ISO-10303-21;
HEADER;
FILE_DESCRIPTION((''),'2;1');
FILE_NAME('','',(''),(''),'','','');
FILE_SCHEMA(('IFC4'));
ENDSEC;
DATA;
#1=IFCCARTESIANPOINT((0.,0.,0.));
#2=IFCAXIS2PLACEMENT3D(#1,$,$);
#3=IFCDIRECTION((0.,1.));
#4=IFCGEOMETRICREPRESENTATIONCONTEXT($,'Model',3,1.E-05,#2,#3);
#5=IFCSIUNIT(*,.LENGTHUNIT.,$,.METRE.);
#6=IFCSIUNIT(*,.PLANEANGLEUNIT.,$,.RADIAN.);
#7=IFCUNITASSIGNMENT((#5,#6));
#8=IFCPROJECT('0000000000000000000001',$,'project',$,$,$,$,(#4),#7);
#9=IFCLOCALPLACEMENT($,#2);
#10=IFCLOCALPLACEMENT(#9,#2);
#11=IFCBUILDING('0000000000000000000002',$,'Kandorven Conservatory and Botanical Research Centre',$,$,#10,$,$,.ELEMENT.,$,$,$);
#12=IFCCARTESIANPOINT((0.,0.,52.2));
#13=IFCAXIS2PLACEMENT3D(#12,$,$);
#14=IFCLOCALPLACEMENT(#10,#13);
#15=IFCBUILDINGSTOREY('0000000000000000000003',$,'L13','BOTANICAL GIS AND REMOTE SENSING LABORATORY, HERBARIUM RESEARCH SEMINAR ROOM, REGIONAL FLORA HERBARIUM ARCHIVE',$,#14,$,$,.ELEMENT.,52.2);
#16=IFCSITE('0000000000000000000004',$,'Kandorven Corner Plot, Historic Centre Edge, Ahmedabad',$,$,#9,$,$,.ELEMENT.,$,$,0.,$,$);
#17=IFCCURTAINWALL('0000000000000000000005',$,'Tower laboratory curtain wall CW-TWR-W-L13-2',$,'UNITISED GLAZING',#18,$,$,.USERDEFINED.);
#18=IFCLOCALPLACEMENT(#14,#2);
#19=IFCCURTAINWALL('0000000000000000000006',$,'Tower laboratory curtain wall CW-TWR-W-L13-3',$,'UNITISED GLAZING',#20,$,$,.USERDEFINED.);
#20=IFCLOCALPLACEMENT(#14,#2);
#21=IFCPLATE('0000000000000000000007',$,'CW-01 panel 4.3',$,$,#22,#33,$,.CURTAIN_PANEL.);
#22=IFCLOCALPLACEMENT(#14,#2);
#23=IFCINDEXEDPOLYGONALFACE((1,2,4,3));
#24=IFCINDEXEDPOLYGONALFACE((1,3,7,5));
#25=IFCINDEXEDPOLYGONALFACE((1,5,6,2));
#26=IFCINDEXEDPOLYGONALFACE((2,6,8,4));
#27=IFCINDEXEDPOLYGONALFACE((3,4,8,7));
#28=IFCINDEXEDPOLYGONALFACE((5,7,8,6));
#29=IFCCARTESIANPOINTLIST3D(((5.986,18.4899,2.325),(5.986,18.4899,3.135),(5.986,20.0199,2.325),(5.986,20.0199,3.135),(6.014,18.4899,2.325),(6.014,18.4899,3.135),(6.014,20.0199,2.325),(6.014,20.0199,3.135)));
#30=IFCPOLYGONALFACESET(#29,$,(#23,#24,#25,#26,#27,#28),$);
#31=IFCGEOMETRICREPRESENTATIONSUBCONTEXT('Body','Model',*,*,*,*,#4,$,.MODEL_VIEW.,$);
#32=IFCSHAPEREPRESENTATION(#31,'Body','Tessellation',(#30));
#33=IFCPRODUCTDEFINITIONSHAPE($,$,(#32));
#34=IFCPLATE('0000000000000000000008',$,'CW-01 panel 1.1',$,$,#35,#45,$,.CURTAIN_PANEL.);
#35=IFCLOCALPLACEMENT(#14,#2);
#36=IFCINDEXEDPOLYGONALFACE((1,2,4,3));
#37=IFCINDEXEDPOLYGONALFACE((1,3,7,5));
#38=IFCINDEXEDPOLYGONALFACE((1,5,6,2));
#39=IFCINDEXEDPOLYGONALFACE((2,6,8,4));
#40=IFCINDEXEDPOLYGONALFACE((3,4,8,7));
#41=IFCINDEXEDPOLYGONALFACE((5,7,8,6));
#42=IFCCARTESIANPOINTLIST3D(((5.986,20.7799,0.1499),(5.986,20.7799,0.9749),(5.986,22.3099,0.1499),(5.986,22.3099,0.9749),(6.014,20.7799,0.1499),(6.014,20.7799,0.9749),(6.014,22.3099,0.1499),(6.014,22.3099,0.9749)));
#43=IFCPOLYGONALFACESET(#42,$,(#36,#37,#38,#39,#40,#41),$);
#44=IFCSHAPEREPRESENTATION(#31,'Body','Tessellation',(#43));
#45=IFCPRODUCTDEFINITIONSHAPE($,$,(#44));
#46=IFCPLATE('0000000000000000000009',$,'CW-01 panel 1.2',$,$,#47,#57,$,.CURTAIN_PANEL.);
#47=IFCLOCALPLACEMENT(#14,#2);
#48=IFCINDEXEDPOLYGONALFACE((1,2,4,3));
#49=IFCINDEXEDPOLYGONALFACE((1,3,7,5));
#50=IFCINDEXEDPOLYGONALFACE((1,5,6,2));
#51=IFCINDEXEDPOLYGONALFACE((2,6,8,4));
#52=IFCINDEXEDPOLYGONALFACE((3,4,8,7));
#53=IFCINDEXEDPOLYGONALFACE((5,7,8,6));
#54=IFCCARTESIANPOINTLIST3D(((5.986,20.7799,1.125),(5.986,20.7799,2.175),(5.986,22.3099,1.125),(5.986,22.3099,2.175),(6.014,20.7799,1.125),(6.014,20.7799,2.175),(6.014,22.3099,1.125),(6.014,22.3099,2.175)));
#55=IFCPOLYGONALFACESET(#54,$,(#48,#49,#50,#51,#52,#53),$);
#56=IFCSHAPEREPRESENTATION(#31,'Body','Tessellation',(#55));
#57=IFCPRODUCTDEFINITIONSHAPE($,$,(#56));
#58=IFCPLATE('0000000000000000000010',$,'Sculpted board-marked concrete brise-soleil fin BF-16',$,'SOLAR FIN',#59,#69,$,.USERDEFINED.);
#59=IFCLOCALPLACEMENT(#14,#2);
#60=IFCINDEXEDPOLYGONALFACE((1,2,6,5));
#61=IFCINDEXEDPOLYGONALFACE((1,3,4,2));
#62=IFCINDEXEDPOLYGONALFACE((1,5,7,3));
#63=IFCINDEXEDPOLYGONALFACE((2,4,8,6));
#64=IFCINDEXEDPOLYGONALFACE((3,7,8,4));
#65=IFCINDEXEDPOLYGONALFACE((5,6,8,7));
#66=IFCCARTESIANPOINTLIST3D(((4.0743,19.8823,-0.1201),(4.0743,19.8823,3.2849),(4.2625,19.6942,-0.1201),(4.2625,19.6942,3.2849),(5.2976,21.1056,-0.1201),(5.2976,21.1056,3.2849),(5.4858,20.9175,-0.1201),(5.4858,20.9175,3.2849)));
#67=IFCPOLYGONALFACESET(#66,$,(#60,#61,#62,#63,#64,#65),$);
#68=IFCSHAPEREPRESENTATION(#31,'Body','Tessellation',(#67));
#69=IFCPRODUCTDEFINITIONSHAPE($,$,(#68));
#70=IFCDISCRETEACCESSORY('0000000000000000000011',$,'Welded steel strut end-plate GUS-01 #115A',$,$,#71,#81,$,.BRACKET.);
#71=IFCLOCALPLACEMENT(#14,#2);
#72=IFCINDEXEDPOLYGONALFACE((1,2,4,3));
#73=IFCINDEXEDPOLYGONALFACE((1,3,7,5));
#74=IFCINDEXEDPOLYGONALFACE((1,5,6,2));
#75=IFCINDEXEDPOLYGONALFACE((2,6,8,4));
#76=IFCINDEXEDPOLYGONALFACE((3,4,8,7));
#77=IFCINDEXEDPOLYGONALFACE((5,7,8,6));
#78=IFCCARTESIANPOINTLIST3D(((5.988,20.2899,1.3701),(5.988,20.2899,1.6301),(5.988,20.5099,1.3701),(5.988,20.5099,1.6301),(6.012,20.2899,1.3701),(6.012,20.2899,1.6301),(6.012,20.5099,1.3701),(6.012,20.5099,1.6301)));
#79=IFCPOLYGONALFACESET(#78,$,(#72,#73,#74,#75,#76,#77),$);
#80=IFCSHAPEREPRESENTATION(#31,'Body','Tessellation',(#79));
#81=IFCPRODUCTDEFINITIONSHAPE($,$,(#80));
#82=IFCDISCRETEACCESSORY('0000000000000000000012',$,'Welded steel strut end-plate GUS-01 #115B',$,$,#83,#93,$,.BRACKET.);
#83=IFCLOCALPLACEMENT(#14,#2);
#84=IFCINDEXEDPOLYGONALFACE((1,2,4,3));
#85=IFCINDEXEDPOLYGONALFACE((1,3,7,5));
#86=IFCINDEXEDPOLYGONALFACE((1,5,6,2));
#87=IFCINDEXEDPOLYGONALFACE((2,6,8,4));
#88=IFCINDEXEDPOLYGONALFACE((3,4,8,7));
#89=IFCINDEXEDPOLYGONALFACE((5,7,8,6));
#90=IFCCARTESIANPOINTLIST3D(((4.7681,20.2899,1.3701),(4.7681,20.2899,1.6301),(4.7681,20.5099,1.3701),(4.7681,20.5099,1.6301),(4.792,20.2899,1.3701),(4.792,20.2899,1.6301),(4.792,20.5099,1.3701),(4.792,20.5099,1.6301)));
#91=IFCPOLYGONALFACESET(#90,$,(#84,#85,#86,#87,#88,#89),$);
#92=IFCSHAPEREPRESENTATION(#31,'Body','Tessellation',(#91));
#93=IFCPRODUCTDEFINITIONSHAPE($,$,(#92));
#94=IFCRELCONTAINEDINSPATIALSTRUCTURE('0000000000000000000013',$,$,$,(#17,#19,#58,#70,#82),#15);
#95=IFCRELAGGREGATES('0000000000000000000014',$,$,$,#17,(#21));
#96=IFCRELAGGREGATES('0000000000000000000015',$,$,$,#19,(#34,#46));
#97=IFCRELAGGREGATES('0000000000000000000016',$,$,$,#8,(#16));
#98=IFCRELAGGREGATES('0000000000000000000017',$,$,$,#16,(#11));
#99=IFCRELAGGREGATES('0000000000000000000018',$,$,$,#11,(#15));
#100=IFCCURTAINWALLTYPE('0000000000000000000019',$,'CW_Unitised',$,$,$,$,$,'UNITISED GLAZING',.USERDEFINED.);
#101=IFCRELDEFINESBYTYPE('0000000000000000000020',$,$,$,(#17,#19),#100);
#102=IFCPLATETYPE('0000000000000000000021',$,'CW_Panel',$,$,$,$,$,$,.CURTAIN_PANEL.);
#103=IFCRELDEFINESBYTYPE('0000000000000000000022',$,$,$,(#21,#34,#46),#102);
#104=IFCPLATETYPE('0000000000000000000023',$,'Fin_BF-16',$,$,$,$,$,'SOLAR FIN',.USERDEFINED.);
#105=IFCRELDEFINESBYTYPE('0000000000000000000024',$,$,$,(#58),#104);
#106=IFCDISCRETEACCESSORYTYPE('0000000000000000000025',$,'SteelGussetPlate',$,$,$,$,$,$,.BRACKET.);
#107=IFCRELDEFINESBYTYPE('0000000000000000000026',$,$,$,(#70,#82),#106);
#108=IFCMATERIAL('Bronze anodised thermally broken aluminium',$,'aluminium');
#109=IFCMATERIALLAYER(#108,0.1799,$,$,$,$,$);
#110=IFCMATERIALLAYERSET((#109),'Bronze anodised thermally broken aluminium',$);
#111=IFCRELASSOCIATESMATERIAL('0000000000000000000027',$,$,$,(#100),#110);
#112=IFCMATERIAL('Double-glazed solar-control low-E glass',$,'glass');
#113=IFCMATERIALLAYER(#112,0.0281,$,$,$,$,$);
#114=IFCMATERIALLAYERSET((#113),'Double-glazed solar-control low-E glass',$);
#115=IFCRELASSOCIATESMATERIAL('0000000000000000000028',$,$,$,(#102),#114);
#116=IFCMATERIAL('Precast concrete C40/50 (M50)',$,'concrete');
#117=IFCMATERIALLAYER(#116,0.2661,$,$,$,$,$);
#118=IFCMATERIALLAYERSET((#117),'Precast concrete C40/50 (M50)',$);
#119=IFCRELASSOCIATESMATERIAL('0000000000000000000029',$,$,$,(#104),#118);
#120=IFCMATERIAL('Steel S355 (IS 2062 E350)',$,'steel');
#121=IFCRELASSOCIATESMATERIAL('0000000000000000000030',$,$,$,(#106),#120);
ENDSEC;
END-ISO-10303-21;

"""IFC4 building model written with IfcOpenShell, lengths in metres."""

from ifc_helpers import new_model, si_unit, direction, frame, origin, origin_2d, place, context, subcontext, project, spatial, rectangle, extrude, material, layer, layer_set, type_object, element, aggregate, save


model = new_model("IFC4")

# Units and contexts
model_context = context("Model", 3, precision=1e-05, world=origin(), true_north=direction((0.0, 1.0)))
body_context = subcontext(model_context, "Body", "Model", "MODEL_VIEW")
ifc_project = project(units=[si_unit("LENGTHUNIT", "METRE"), si_unit("PLANEANGLEUNIT", "RADIAN")], contexts=[model_context])

# Site, building, storey
site_placement = place(None, origin())
site = spatial("IfcSite", under=ifc_project, at=site_placement, Name="Kandorven Corner Plot, Historic Centre Edge, Ahmedabad", CompositionType="ELEMENT", RefElevation=0.0)
building_placement = place(site_placement, origin())
building = spatial("IfcBuilding", under=site, at=building_placement, Name="Kandorven Conservatory and Botanical Research Centre", CompositionType="ELEMENT")
storey_placement = place(building_placement, frame((0.0, 0.0, 52.2)))
storey = spatial("IfcBuildingStorey", under=building, at=storey_placement, Name="L13", Description="BOTANICAL GIS AND REMOTE SENSING LABORATORY, HERBARIUM RESEARCH SEMINAR ROOM, REGIONAL FLORA HERBARIUM ARCHIVE", CompositionType="ELEMENT", Elevation=52.2)

# Curtain wall
ifc_material_1 = material(Name="Bronze anodised thermally broken aluminium", Category="aluminium")
ifc_layer_1 = layer(ifc_material_1, 0.1799)
ifc_layer_set_1 = layer_set([ifc_layer_1], Name="Bronze anodised thermally broken aluminium")
curtain_wall_type = type_object("IfcCurtainWallType", Name="CW_Unitised", ElementType="UNITISED GLAZING", PredefinedType="USERDEFINED", material=ifc_layer_set_1)
curtain_wall_1_placement = place(storey_placement, origin())
curtain_wall_1 = element("IfcCurtainWall", 1, at=curtain_wall_1_placement, inside=storey, type_object=curtain_wall_type, Name="Tower laboratory curtain wall CW-TWR-W-L13-2", ObjectType="UNITISED GLAZING", PredefinedType="USERDEFINED")

# Curtain wall
curtain_wall_2_placement = place(storey_placement, origin())
curtain_wall_2 = element("IfcCurtainWall", 2, at=curtain_wall_2_placement, inside=storey, type_object=curtain_wall_type, Name="Tower laboratory curtain wall CW-TWR-W-L13-3", ObjectType="UNITISED GLAZING", PredefinedType="USERDEFINED")

# Plates
ifc_material_2 = material(Name="Double-glazed solar-control low-E glass", Category="glass")
ifc_layer_2 = layer(ifc_material_2, 0.0281)
ifc_layer_set_2 = layer_set([ifc_layer_2], Name="Double-glazed solar-control low-E glass")
plate_type_1 = type_object("IfcPlateType", Name="CW_Panel", PredefinedType="CURTAIN_PANEL", material=ifc_layer_set_2)
plate_1_placement = place(storey_placement, frame((6.0, 19.2549, 2.325), z_axis=(0.0, 0.0, 1.0), x_axis=(0.0, 1.0, 0.0)))
plate_1 = element("IfcPlate", 3, at=plate_1_placement, type_object=plate_type_1, Name="CW-01 panel 4.3", PredefinedType="CURTAIN_PANEL", context=body_context, shape_type="SweptSolid", body=[
    extrude(rectangle(XDim=1.53, YDim=0.0281, at=origin_2d()), origin(), (0.0, 0.0, 1.0), 0.8101),
])
aggregate(curtain_wall_1, [plate_1])
plate_2_placement = place(storey_placement, frame((6.0, 21.5449, 0.1499), z_axis=(0.0, 0.0, 1.0), x_axis=(0.0, 1.0, 0.0)))
plate_2 = element("IfcPlate", 4, at=plate_2_placement, type_object=plate_type_1, Name="CW-01 panel 1.1", PredefinedType="CURTAIN_PANEL", context=body_context, shape_type="SweptSolid", body=[
    extrude(rectangle(XDim=1.53, YDim=0.0281, at=origin_2d()), origin(), (0.0, 0.0, 1.0), 0.825),
])
plate_3_placement = place(storey_placement, frame((6.0, 21.5449, 1.125), z_axis=(0.0, 0.0, 1.0), x_axis=(0.0, 1.0, 0.0)))
plate_3 = element("IfcPlate", 5, at=plate_3_placement, type_object=plate_type_1, Name="CW-01 panel 1.2", PredefinedType="CURTAIN_PANEL", context=body_context, shape_type="SweptSolid", body=[
    extrude(rectangle(XDim=1.53, YDim=0.0281, at=origin_2d()), origin(), (0.0, 0.0, 1.0), 1.05),
])
aggregate(curtain_wall_2, [plate_2, plate_3])
ifc_material_3 = material(Name="Precast concrete C40/50 (M50)", Category="concrete")
ifc_layer_3 = layer(ifc_material_3, 0.2661)
ifc_layer_set_3 = layer_set([ifc_layer_3], Name="Precast concrete C40/50 (M50)")
plate_type_2 = type_object("IfcPlateType", Name="Fin_BF-16", ElementType="SOLAR FIN", PredefinedType="USERDEFINED", material=ifc_layer_set_3)
plate_4_placement = place(storey_placement, frame((4.78, 20.3999, -0.1201), z_axis=(0.0, 0.0, 1.0), x_axis=(0.707107, 0.707107, 0.0)))
element("IfcPlate", 6, at=plate_4_placement, inside=storey, type_object=plate_type_2, Name="Sculpted board-marked concrete brise-soleil fin BF-16", ObjectType="SOLAR FIN", PredefinedType="USERDEFINED", context=body_context, shape_type="SweptSolid", body=[
    extrude(rectangle(XDim=1.73, YDim=0.2661, at=origin_2d()), origin(), (0.0, 0.0, 1.0), 3.405),
])

# Discrete accessories
ifc_material_4 = material(Name="Steel S355 (IS 2062 E350)", Category="steel")
discrete_accessory_type = type_object("IfcDiscreteAccessoryType", Name="SteelGussetPlate", PredefinedType="BRACKET", material=ifc_material_4)
for number, where, z_axis, x_axis, name in (
    (7, (6.0, 20.3999, 1.3701), (0.0, 0.0, 1.0), (1.0, 0.0, 0.0), "Welded steel strut end-plate GUS-01 #115A"),
    (8, (4.78, 20.3999, 1.3701), (0.0, 0.0, 1.0), (1.0, 0.0, 0.0), "Welded steel strut end-plate GUS-01 #115B"),
):
    element("IfcDiscreteAccessory", number, at=place(storey_placement, frame(where, z_axis=z_axis, x_axis=x_axis)), inside=storey, type_object=discrete_accessory_type, Name=name, PredefinedType="BRACKET", context=body_context, shape_type="SweptSolid", body=[
        extrude(rectangle(XDim=0.0239, YDim=0.22, at=origin_2d()), origin(), (0.0, 0.0, 1.0), 0.26),
    ])

save(model, "model.ifc")
